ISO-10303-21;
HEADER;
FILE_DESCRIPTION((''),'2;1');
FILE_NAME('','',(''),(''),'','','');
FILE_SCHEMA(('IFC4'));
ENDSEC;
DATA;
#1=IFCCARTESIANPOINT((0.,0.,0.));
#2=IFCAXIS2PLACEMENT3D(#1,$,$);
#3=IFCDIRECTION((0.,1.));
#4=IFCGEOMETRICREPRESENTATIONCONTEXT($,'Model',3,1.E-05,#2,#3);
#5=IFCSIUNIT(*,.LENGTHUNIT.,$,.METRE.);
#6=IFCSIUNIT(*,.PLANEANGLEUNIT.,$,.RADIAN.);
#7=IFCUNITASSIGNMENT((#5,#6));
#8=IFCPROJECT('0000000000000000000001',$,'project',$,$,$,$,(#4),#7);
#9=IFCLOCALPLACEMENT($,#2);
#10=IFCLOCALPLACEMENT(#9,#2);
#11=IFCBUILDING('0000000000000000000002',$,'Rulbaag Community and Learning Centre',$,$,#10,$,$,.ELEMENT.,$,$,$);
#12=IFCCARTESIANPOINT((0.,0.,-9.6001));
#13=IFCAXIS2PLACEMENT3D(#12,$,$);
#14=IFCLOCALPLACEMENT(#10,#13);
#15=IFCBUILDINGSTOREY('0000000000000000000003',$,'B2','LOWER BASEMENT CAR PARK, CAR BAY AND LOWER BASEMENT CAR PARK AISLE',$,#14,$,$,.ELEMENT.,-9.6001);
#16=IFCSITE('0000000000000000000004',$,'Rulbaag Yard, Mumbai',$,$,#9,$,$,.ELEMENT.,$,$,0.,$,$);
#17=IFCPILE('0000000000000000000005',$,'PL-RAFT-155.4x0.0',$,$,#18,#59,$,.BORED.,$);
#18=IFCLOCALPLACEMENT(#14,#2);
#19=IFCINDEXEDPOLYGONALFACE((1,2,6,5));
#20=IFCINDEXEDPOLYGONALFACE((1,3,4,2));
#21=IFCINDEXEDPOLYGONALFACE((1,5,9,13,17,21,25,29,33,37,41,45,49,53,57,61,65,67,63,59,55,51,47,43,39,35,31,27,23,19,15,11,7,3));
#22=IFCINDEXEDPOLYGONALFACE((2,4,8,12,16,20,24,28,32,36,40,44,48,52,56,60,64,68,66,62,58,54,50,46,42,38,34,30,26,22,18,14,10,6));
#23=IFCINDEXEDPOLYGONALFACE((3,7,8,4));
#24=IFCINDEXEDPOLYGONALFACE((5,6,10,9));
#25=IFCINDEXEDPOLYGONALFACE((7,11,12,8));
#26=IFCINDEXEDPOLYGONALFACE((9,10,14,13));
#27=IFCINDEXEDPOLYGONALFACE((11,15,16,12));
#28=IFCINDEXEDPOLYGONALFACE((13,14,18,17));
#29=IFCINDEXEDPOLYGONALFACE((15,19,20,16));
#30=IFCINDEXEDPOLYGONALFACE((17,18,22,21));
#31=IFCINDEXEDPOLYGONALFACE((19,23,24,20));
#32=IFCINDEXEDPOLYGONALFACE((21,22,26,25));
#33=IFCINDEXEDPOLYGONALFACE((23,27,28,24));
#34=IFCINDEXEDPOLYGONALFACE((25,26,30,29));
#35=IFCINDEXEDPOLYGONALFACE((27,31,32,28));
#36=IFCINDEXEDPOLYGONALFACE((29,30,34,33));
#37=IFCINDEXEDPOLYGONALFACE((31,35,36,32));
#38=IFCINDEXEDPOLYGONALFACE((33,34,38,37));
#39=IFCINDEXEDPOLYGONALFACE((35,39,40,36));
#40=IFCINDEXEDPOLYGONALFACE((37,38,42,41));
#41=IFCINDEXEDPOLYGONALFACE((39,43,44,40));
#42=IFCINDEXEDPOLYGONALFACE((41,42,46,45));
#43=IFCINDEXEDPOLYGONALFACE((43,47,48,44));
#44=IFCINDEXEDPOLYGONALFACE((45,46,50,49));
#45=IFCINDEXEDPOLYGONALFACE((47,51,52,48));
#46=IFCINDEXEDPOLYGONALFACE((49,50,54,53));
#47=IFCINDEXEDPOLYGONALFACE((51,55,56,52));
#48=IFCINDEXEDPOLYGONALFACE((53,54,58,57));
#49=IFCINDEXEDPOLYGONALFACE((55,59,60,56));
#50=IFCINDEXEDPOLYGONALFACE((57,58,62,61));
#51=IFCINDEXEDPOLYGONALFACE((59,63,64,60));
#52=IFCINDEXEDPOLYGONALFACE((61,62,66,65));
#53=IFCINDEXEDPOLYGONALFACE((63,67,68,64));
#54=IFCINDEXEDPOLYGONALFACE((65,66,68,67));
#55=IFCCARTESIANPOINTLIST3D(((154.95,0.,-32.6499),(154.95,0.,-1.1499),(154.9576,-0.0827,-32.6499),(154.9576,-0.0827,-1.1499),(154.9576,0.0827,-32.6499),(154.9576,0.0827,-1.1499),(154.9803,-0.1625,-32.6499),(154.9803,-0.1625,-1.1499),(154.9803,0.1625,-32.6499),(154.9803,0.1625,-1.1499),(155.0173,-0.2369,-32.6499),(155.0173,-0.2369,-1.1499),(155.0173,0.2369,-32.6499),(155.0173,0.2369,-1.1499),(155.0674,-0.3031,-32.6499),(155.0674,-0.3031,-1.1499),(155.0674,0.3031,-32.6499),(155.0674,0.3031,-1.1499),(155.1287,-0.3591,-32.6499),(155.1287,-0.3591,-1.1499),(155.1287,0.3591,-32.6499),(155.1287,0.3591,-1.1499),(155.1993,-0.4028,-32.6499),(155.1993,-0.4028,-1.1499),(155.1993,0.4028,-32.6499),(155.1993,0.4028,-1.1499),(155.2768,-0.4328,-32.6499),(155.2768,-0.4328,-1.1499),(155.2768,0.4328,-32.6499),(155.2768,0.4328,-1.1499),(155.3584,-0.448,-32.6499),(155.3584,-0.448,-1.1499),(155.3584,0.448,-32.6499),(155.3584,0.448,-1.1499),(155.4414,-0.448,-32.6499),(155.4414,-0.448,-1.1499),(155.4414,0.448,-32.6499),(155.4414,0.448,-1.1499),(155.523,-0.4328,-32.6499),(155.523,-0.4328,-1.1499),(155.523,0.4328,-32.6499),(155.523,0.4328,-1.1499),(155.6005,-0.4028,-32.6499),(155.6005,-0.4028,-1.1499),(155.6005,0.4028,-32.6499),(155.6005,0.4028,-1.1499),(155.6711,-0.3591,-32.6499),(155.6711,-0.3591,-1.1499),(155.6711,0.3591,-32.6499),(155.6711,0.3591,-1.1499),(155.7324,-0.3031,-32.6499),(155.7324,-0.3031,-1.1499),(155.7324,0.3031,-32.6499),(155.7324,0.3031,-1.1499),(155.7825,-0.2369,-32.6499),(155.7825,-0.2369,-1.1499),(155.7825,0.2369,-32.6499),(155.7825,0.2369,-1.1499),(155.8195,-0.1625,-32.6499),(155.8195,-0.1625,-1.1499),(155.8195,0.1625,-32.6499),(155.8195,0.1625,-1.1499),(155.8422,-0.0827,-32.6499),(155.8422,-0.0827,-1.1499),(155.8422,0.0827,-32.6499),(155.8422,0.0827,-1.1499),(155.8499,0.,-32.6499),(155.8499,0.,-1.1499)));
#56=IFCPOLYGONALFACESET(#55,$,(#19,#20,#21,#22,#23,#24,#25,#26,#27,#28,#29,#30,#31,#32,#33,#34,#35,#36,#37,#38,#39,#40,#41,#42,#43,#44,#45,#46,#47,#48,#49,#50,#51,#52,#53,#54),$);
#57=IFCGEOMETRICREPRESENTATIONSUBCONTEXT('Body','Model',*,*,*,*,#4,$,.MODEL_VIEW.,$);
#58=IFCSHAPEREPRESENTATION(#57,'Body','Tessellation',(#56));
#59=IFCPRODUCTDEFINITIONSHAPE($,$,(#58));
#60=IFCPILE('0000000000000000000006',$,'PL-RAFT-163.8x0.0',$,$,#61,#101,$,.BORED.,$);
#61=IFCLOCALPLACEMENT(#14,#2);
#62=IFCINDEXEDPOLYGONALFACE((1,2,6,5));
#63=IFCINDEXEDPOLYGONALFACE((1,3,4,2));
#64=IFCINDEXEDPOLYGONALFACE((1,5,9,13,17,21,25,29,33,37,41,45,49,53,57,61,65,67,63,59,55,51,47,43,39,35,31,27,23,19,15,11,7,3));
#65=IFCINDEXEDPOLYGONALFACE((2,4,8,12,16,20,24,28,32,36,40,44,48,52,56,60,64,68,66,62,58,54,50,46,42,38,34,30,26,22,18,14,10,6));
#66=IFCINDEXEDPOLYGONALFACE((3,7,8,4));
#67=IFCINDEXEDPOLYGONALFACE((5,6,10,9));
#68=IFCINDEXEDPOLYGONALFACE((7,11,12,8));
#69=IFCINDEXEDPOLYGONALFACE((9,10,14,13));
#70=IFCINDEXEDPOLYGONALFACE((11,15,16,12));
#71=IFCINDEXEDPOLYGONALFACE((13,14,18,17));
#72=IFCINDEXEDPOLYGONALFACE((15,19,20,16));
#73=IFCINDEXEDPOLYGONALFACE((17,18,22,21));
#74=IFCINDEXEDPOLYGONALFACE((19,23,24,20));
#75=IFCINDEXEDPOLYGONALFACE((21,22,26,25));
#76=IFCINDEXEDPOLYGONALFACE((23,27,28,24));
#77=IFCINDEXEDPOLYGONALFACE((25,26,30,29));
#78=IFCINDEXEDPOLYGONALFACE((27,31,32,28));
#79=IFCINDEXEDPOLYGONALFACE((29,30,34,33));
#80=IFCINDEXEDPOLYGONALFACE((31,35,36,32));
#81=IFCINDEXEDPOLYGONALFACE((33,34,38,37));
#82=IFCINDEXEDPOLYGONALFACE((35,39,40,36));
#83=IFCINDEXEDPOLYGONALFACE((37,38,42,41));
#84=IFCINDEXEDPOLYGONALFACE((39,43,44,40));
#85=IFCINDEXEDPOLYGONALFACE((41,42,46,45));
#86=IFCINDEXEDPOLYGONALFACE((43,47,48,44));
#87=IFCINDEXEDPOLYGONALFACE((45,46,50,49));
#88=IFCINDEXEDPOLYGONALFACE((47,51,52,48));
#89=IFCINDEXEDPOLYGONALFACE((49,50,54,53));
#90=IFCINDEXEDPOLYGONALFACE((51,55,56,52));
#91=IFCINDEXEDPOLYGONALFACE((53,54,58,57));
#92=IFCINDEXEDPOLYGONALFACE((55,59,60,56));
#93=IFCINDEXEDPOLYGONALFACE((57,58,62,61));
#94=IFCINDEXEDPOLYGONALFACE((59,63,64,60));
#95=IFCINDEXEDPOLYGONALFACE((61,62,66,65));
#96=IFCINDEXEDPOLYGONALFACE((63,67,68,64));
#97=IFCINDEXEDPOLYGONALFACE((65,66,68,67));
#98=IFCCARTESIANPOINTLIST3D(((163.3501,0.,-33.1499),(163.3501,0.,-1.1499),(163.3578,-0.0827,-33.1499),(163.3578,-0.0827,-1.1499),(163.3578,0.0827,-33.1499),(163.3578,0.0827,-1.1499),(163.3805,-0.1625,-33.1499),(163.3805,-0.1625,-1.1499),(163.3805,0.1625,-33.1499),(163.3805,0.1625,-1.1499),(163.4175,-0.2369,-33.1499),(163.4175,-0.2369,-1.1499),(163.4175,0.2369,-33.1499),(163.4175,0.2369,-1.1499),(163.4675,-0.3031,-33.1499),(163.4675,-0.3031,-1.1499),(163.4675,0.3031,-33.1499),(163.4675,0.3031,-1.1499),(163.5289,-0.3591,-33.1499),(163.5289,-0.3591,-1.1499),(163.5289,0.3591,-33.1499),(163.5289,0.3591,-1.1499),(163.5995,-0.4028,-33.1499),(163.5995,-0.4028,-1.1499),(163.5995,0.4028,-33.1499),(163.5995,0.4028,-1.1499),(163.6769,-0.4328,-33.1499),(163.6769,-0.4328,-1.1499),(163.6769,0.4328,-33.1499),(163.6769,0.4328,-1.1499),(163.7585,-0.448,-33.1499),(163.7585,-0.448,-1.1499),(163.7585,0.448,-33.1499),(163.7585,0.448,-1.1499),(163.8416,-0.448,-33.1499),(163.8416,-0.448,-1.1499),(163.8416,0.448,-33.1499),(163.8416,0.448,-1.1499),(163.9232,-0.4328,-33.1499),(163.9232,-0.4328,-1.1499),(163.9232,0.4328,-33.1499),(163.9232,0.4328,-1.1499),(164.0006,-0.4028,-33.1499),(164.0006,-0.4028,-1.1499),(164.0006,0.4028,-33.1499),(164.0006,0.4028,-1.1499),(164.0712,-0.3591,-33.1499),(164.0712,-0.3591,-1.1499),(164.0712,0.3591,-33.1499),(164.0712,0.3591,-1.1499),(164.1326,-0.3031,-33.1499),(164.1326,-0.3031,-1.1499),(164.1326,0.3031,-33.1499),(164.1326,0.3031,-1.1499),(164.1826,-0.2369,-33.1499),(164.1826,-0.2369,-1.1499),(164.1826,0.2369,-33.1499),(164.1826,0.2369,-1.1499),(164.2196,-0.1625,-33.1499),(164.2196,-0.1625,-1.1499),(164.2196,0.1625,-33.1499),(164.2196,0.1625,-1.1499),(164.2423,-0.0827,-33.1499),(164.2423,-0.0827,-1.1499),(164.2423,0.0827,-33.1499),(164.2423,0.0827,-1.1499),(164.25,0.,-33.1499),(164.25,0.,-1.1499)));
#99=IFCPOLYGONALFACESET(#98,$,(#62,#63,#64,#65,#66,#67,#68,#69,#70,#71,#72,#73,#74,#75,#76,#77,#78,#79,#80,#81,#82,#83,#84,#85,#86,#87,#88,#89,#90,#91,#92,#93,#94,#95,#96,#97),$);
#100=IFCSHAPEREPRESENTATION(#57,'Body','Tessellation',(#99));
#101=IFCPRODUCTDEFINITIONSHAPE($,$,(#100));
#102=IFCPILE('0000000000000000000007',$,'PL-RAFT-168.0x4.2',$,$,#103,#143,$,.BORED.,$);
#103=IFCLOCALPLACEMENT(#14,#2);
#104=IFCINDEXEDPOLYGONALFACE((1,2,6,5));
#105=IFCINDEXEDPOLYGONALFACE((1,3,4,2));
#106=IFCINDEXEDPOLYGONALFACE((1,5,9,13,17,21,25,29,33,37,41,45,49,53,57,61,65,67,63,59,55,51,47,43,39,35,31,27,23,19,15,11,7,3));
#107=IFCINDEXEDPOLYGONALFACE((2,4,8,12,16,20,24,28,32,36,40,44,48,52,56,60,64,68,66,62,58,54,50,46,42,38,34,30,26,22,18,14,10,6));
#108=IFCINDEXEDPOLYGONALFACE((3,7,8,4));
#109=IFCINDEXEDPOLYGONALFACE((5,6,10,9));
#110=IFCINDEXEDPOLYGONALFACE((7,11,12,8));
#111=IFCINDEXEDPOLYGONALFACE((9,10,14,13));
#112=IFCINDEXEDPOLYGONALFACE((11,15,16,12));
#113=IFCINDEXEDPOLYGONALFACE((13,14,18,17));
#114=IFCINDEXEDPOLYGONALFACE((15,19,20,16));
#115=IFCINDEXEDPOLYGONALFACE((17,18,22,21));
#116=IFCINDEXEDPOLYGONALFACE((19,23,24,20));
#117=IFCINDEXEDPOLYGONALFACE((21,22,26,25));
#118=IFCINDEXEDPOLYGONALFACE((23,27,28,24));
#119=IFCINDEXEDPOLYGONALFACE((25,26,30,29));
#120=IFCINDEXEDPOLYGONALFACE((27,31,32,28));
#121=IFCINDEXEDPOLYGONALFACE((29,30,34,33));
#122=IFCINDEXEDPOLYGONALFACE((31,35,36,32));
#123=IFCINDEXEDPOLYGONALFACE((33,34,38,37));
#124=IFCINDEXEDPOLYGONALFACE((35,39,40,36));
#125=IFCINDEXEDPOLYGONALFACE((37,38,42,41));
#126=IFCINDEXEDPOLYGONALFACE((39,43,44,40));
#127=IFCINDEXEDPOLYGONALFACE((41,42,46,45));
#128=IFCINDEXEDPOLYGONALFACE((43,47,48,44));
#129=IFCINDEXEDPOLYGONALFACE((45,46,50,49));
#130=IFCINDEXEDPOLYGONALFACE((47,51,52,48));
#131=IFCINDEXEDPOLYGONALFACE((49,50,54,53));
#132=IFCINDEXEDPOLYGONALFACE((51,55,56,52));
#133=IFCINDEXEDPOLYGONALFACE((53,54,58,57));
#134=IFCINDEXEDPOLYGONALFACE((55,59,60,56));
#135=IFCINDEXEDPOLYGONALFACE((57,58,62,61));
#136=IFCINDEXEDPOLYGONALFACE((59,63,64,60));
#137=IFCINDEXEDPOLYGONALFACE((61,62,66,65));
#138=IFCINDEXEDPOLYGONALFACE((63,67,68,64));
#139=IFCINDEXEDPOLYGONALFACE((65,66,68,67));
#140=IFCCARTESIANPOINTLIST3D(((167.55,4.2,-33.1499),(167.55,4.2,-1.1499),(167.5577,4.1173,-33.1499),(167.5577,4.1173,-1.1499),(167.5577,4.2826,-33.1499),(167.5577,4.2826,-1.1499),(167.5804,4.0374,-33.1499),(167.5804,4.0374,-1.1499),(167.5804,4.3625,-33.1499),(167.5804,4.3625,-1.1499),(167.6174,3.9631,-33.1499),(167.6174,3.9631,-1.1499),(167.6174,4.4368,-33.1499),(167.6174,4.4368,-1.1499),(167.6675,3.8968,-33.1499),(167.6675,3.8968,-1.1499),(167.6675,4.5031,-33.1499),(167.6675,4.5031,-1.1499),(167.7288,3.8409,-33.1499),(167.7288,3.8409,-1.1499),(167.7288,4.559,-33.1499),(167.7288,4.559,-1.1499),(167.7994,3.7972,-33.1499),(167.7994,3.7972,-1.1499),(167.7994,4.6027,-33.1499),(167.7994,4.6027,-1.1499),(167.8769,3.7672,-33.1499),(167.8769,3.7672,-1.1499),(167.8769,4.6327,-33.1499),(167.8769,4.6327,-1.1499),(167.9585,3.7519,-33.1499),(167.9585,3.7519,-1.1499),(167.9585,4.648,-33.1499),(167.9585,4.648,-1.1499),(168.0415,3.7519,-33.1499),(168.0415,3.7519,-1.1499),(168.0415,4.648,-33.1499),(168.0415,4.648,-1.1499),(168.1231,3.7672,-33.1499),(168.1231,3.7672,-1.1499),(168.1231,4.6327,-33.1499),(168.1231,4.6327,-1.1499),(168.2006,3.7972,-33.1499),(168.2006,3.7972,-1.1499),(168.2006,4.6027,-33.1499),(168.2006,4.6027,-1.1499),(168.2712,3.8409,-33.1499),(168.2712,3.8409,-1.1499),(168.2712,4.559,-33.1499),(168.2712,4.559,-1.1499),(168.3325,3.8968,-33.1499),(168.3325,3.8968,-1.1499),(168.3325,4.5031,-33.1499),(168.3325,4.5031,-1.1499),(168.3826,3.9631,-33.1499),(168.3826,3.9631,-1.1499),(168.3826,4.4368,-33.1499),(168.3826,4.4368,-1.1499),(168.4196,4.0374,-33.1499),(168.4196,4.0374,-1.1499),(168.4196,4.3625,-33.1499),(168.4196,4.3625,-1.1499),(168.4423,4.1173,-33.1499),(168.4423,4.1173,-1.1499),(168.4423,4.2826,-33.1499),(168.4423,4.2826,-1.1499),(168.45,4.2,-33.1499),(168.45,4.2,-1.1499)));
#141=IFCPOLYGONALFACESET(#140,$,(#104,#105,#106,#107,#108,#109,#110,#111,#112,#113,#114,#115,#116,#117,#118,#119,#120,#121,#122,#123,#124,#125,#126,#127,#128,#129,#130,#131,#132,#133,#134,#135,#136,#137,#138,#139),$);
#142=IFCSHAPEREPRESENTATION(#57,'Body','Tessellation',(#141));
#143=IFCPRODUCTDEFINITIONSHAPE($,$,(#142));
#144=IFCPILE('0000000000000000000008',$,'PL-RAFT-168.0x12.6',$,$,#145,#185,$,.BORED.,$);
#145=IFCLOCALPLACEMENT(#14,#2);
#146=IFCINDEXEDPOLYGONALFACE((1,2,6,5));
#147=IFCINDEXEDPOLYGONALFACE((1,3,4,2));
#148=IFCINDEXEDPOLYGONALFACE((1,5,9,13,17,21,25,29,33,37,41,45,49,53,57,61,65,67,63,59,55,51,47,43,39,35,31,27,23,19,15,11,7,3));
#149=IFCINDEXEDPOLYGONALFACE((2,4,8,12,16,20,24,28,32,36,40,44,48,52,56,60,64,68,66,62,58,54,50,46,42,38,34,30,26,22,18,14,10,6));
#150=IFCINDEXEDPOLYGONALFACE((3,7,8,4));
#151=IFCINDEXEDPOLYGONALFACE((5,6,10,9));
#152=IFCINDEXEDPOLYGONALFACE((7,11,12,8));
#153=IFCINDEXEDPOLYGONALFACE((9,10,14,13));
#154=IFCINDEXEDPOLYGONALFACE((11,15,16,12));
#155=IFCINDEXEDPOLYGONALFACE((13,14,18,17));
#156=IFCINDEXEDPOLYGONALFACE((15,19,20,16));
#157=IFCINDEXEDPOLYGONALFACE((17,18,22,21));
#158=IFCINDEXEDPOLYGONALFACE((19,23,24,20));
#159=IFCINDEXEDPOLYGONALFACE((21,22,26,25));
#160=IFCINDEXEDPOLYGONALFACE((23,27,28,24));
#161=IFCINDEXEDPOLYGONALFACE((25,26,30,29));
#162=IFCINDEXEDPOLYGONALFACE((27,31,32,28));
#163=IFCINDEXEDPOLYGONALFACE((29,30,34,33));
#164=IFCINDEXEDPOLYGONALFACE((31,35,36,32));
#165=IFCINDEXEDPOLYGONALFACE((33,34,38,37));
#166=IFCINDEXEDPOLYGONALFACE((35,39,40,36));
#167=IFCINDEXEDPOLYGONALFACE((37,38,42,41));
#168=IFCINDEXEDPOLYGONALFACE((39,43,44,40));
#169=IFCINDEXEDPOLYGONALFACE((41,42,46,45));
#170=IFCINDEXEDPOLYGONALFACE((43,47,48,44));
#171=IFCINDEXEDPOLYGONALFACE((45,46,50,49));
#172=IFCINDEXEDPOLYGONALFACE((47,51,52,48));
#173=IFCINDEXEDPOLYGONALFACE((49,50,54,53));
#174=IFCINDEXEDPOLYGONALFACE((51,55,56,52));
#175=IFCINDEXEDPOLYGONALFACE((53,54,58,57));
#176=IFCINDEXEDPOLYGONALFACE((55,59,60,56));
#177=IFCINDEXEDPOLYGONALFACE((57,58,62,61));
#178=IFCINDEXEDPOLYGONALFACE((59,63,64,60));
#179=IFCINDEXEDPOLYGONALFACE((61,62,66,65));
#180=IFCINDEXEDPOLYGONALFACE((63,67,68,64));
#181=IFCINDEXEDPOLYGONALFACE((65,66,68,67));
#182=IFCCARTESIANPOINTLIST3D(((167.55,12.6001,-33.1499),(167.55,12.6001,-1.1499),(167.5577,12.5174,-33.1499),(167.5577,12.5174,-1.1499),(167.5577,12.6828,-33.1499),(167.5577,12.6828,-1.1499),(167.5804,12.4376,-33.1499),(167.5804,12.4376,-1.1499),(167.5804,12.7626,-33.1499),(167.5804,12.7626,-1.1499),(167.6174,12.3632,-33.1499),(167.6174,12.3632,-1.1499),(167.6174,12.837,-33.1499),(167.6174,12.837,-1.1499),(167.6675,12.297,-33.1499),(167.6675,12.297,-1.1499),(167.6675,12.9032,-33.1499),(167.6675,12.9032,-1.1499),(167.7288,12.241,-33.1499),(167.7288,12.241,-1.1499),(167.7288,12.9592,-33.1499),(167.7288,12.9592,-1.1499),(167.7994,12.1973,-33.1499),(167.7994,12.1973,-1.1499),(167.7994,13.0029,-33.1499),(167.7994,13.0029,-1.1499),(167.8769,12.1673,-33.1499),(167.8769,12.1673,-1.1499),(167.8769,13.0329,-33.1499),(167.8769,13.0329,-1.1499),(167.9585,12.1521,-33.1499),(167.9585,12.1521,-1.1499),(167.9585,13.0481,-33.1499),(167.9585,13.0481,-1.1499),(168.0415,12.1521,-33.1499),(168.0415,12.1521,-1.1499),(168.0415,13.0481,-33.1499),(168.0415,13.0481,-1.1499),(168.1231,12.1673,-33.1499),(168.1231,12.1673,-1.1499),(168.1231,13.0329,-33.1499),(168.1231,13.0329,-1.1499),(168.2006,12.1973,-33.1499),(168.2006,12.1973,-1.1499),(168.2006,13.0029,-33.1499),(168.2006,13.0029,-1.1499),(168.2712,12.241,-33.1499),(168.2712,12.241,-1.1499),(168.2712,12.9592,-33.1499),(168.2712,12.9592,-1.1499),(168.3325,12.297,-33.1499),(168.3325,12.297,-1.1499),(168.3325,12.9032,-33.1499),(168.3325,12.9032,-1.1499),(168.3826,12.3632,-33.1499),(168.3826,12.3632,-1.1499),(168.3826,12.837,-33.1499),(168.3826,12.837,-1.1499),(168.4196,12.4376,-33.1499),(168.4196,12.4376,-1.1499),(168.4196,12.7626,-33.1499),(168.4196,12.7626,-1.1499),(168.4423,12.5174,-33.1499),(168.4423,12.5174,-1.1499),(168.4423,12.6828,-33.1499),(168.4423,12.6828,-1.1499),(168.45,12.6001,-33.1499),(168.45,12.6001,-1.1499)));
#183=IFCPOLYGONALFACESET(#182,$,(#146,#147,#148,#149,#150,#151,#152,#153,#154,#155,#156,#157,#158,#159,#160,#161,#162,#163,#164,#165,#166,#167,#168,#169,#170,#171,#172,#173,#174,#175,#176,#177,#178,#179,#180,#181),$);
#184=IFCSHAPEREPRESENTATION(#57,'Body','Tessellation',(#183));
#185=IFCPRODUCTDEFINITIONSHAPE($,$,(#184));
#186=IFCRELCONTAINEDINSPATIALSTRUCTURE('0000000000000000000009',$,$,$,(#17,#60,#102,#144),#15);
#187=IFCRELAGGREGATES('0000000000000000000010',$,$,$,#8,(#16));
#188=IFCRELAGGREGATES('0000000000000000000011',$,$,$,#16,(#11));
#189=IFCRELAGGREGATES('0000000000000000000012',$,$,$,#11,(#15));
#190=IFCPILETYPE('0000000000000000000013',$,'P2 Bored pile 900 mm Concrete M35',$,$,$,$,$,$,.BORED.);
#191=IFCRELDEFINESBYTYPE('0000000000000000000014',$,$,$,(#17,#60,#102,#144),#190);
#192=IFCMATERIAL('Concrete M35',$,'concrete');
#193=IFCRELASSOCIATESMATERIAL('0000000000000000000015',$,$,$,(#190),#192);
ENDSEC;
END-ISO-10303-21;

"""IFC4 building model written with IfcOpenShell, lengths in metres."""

from ifc_helpers import new_model, si_unit, direction, frame, origin, origin_2d, place, context, subcontext, project, spatial, circle, extrude, material, material_profile, profile_set, type_object, element, save


model = new_model("IFC4")

# Units and contexts
model_context = context("Model", 3, precision=1e-05, world=origin(), true_north=direction((0.0, 1.0)))
body_context = subcontext(model_context, "Body", "Model", "MODEL_VIEW")
ifc_project = project(units=[si_unit("LENGTHUNIT", "METRE"), si_unit("PLANEANGLEUNIT", "RADIAN")], contexts=[model_context])

# Site, building, storey
site_placement = place(None, origin())
site = spatial("IfcSite", under=ifc_project, at=site_placement, Name="Rulbaag Yard, Mumbai", CompositionType="ELEMENT", RefElevation=0.0)
building_placement = place(site_placement, origin())
building = spatial("IfcBuilding", under=site, at=building_placement, Name="Rulbaag Community and Learning Centre", CompositionType="ELEMENT")
storey_placement = place(building_placement, frame((0.0, 0.0, -9.6001)))
storey = spatial("IfcBuildingStorey", under=building, at=storey_placement, Name="B2", Description="LOWER BASEMENT CAR PARK, CAR BAY AND LOWER BASEMENT CAR PARK AISLE", CompositionType="ELEMENT", Elevation=-9.6001)

# Piles
ifc_material_1 = material(Name="Concrete M35", Category="concrete")
ifc_material_profile_1 = material_profile(ifc_material_1, circle(Radius=0.45, at=origin_2d()), Name="BP900")
ifc_profile_set_1 = profile_set([ifc_material_profile_1], Name="Concrete M35")
pile_type_1 = type_object("IfcPileType", Name="P2 Bored pile 900 mm Concrete M35", PredefinedType="BORED", material=ifc_profile_set_1)
pile_1_placement = place(storey_placement, frame((155.3999, 0.0, -1.1499), z_axis=(0.0, 0.0, -1.0), x_axis=(1.0, 0.0, 0.0)))
element("IfcPile", 1, at=pile_1_placement, inside=storey, type_object=pile_type_1, Name="PL-RAFT-155.4x0.0", PredefinedType="BORED", context=body_context, shape_type="SweptSolid", body=[
    extrude(circle(Radius=0.45, at=origin_2d()), origin(), (0.0, 0.0, 1.0), 31.5),
])
for number, where, z_axis, x_axis, name in (
    (2, (163.8, 0.0, -1.1499), (0.0, 0.0, -1.0), (1.0, 0.0, 0.0), "PL-RAFT-163.8x0.0"),
    (3, (168.0, 4.2, -1.1499), (0.0, 0.0, -1.0), (1.0, 0.0, 0.0), "PL-RAFT-168.0x4.2"),
    (4, (168.0, 12.6001, -1.1499), (0.0, 0.0, -1.0), (1.0, 0.0, 0.0), "PL-RAFT-168.0x12.6"),
):
    element("IfcPile", number, at=place(storey_placement, frame(where, z_axis=z_axis, x_axis=x_axis)), inside=storey, type_object=pile_type_1, Name=name, PredefinedType="BORED", context=body_context, shape_type="SweptSolid", body=[
        extrude(circle(Radius=0.45, at=origin_2d()), origin(), (0.0, 0.0, 1.0), 32.0),
    ])

save(model, "model.ifc")
